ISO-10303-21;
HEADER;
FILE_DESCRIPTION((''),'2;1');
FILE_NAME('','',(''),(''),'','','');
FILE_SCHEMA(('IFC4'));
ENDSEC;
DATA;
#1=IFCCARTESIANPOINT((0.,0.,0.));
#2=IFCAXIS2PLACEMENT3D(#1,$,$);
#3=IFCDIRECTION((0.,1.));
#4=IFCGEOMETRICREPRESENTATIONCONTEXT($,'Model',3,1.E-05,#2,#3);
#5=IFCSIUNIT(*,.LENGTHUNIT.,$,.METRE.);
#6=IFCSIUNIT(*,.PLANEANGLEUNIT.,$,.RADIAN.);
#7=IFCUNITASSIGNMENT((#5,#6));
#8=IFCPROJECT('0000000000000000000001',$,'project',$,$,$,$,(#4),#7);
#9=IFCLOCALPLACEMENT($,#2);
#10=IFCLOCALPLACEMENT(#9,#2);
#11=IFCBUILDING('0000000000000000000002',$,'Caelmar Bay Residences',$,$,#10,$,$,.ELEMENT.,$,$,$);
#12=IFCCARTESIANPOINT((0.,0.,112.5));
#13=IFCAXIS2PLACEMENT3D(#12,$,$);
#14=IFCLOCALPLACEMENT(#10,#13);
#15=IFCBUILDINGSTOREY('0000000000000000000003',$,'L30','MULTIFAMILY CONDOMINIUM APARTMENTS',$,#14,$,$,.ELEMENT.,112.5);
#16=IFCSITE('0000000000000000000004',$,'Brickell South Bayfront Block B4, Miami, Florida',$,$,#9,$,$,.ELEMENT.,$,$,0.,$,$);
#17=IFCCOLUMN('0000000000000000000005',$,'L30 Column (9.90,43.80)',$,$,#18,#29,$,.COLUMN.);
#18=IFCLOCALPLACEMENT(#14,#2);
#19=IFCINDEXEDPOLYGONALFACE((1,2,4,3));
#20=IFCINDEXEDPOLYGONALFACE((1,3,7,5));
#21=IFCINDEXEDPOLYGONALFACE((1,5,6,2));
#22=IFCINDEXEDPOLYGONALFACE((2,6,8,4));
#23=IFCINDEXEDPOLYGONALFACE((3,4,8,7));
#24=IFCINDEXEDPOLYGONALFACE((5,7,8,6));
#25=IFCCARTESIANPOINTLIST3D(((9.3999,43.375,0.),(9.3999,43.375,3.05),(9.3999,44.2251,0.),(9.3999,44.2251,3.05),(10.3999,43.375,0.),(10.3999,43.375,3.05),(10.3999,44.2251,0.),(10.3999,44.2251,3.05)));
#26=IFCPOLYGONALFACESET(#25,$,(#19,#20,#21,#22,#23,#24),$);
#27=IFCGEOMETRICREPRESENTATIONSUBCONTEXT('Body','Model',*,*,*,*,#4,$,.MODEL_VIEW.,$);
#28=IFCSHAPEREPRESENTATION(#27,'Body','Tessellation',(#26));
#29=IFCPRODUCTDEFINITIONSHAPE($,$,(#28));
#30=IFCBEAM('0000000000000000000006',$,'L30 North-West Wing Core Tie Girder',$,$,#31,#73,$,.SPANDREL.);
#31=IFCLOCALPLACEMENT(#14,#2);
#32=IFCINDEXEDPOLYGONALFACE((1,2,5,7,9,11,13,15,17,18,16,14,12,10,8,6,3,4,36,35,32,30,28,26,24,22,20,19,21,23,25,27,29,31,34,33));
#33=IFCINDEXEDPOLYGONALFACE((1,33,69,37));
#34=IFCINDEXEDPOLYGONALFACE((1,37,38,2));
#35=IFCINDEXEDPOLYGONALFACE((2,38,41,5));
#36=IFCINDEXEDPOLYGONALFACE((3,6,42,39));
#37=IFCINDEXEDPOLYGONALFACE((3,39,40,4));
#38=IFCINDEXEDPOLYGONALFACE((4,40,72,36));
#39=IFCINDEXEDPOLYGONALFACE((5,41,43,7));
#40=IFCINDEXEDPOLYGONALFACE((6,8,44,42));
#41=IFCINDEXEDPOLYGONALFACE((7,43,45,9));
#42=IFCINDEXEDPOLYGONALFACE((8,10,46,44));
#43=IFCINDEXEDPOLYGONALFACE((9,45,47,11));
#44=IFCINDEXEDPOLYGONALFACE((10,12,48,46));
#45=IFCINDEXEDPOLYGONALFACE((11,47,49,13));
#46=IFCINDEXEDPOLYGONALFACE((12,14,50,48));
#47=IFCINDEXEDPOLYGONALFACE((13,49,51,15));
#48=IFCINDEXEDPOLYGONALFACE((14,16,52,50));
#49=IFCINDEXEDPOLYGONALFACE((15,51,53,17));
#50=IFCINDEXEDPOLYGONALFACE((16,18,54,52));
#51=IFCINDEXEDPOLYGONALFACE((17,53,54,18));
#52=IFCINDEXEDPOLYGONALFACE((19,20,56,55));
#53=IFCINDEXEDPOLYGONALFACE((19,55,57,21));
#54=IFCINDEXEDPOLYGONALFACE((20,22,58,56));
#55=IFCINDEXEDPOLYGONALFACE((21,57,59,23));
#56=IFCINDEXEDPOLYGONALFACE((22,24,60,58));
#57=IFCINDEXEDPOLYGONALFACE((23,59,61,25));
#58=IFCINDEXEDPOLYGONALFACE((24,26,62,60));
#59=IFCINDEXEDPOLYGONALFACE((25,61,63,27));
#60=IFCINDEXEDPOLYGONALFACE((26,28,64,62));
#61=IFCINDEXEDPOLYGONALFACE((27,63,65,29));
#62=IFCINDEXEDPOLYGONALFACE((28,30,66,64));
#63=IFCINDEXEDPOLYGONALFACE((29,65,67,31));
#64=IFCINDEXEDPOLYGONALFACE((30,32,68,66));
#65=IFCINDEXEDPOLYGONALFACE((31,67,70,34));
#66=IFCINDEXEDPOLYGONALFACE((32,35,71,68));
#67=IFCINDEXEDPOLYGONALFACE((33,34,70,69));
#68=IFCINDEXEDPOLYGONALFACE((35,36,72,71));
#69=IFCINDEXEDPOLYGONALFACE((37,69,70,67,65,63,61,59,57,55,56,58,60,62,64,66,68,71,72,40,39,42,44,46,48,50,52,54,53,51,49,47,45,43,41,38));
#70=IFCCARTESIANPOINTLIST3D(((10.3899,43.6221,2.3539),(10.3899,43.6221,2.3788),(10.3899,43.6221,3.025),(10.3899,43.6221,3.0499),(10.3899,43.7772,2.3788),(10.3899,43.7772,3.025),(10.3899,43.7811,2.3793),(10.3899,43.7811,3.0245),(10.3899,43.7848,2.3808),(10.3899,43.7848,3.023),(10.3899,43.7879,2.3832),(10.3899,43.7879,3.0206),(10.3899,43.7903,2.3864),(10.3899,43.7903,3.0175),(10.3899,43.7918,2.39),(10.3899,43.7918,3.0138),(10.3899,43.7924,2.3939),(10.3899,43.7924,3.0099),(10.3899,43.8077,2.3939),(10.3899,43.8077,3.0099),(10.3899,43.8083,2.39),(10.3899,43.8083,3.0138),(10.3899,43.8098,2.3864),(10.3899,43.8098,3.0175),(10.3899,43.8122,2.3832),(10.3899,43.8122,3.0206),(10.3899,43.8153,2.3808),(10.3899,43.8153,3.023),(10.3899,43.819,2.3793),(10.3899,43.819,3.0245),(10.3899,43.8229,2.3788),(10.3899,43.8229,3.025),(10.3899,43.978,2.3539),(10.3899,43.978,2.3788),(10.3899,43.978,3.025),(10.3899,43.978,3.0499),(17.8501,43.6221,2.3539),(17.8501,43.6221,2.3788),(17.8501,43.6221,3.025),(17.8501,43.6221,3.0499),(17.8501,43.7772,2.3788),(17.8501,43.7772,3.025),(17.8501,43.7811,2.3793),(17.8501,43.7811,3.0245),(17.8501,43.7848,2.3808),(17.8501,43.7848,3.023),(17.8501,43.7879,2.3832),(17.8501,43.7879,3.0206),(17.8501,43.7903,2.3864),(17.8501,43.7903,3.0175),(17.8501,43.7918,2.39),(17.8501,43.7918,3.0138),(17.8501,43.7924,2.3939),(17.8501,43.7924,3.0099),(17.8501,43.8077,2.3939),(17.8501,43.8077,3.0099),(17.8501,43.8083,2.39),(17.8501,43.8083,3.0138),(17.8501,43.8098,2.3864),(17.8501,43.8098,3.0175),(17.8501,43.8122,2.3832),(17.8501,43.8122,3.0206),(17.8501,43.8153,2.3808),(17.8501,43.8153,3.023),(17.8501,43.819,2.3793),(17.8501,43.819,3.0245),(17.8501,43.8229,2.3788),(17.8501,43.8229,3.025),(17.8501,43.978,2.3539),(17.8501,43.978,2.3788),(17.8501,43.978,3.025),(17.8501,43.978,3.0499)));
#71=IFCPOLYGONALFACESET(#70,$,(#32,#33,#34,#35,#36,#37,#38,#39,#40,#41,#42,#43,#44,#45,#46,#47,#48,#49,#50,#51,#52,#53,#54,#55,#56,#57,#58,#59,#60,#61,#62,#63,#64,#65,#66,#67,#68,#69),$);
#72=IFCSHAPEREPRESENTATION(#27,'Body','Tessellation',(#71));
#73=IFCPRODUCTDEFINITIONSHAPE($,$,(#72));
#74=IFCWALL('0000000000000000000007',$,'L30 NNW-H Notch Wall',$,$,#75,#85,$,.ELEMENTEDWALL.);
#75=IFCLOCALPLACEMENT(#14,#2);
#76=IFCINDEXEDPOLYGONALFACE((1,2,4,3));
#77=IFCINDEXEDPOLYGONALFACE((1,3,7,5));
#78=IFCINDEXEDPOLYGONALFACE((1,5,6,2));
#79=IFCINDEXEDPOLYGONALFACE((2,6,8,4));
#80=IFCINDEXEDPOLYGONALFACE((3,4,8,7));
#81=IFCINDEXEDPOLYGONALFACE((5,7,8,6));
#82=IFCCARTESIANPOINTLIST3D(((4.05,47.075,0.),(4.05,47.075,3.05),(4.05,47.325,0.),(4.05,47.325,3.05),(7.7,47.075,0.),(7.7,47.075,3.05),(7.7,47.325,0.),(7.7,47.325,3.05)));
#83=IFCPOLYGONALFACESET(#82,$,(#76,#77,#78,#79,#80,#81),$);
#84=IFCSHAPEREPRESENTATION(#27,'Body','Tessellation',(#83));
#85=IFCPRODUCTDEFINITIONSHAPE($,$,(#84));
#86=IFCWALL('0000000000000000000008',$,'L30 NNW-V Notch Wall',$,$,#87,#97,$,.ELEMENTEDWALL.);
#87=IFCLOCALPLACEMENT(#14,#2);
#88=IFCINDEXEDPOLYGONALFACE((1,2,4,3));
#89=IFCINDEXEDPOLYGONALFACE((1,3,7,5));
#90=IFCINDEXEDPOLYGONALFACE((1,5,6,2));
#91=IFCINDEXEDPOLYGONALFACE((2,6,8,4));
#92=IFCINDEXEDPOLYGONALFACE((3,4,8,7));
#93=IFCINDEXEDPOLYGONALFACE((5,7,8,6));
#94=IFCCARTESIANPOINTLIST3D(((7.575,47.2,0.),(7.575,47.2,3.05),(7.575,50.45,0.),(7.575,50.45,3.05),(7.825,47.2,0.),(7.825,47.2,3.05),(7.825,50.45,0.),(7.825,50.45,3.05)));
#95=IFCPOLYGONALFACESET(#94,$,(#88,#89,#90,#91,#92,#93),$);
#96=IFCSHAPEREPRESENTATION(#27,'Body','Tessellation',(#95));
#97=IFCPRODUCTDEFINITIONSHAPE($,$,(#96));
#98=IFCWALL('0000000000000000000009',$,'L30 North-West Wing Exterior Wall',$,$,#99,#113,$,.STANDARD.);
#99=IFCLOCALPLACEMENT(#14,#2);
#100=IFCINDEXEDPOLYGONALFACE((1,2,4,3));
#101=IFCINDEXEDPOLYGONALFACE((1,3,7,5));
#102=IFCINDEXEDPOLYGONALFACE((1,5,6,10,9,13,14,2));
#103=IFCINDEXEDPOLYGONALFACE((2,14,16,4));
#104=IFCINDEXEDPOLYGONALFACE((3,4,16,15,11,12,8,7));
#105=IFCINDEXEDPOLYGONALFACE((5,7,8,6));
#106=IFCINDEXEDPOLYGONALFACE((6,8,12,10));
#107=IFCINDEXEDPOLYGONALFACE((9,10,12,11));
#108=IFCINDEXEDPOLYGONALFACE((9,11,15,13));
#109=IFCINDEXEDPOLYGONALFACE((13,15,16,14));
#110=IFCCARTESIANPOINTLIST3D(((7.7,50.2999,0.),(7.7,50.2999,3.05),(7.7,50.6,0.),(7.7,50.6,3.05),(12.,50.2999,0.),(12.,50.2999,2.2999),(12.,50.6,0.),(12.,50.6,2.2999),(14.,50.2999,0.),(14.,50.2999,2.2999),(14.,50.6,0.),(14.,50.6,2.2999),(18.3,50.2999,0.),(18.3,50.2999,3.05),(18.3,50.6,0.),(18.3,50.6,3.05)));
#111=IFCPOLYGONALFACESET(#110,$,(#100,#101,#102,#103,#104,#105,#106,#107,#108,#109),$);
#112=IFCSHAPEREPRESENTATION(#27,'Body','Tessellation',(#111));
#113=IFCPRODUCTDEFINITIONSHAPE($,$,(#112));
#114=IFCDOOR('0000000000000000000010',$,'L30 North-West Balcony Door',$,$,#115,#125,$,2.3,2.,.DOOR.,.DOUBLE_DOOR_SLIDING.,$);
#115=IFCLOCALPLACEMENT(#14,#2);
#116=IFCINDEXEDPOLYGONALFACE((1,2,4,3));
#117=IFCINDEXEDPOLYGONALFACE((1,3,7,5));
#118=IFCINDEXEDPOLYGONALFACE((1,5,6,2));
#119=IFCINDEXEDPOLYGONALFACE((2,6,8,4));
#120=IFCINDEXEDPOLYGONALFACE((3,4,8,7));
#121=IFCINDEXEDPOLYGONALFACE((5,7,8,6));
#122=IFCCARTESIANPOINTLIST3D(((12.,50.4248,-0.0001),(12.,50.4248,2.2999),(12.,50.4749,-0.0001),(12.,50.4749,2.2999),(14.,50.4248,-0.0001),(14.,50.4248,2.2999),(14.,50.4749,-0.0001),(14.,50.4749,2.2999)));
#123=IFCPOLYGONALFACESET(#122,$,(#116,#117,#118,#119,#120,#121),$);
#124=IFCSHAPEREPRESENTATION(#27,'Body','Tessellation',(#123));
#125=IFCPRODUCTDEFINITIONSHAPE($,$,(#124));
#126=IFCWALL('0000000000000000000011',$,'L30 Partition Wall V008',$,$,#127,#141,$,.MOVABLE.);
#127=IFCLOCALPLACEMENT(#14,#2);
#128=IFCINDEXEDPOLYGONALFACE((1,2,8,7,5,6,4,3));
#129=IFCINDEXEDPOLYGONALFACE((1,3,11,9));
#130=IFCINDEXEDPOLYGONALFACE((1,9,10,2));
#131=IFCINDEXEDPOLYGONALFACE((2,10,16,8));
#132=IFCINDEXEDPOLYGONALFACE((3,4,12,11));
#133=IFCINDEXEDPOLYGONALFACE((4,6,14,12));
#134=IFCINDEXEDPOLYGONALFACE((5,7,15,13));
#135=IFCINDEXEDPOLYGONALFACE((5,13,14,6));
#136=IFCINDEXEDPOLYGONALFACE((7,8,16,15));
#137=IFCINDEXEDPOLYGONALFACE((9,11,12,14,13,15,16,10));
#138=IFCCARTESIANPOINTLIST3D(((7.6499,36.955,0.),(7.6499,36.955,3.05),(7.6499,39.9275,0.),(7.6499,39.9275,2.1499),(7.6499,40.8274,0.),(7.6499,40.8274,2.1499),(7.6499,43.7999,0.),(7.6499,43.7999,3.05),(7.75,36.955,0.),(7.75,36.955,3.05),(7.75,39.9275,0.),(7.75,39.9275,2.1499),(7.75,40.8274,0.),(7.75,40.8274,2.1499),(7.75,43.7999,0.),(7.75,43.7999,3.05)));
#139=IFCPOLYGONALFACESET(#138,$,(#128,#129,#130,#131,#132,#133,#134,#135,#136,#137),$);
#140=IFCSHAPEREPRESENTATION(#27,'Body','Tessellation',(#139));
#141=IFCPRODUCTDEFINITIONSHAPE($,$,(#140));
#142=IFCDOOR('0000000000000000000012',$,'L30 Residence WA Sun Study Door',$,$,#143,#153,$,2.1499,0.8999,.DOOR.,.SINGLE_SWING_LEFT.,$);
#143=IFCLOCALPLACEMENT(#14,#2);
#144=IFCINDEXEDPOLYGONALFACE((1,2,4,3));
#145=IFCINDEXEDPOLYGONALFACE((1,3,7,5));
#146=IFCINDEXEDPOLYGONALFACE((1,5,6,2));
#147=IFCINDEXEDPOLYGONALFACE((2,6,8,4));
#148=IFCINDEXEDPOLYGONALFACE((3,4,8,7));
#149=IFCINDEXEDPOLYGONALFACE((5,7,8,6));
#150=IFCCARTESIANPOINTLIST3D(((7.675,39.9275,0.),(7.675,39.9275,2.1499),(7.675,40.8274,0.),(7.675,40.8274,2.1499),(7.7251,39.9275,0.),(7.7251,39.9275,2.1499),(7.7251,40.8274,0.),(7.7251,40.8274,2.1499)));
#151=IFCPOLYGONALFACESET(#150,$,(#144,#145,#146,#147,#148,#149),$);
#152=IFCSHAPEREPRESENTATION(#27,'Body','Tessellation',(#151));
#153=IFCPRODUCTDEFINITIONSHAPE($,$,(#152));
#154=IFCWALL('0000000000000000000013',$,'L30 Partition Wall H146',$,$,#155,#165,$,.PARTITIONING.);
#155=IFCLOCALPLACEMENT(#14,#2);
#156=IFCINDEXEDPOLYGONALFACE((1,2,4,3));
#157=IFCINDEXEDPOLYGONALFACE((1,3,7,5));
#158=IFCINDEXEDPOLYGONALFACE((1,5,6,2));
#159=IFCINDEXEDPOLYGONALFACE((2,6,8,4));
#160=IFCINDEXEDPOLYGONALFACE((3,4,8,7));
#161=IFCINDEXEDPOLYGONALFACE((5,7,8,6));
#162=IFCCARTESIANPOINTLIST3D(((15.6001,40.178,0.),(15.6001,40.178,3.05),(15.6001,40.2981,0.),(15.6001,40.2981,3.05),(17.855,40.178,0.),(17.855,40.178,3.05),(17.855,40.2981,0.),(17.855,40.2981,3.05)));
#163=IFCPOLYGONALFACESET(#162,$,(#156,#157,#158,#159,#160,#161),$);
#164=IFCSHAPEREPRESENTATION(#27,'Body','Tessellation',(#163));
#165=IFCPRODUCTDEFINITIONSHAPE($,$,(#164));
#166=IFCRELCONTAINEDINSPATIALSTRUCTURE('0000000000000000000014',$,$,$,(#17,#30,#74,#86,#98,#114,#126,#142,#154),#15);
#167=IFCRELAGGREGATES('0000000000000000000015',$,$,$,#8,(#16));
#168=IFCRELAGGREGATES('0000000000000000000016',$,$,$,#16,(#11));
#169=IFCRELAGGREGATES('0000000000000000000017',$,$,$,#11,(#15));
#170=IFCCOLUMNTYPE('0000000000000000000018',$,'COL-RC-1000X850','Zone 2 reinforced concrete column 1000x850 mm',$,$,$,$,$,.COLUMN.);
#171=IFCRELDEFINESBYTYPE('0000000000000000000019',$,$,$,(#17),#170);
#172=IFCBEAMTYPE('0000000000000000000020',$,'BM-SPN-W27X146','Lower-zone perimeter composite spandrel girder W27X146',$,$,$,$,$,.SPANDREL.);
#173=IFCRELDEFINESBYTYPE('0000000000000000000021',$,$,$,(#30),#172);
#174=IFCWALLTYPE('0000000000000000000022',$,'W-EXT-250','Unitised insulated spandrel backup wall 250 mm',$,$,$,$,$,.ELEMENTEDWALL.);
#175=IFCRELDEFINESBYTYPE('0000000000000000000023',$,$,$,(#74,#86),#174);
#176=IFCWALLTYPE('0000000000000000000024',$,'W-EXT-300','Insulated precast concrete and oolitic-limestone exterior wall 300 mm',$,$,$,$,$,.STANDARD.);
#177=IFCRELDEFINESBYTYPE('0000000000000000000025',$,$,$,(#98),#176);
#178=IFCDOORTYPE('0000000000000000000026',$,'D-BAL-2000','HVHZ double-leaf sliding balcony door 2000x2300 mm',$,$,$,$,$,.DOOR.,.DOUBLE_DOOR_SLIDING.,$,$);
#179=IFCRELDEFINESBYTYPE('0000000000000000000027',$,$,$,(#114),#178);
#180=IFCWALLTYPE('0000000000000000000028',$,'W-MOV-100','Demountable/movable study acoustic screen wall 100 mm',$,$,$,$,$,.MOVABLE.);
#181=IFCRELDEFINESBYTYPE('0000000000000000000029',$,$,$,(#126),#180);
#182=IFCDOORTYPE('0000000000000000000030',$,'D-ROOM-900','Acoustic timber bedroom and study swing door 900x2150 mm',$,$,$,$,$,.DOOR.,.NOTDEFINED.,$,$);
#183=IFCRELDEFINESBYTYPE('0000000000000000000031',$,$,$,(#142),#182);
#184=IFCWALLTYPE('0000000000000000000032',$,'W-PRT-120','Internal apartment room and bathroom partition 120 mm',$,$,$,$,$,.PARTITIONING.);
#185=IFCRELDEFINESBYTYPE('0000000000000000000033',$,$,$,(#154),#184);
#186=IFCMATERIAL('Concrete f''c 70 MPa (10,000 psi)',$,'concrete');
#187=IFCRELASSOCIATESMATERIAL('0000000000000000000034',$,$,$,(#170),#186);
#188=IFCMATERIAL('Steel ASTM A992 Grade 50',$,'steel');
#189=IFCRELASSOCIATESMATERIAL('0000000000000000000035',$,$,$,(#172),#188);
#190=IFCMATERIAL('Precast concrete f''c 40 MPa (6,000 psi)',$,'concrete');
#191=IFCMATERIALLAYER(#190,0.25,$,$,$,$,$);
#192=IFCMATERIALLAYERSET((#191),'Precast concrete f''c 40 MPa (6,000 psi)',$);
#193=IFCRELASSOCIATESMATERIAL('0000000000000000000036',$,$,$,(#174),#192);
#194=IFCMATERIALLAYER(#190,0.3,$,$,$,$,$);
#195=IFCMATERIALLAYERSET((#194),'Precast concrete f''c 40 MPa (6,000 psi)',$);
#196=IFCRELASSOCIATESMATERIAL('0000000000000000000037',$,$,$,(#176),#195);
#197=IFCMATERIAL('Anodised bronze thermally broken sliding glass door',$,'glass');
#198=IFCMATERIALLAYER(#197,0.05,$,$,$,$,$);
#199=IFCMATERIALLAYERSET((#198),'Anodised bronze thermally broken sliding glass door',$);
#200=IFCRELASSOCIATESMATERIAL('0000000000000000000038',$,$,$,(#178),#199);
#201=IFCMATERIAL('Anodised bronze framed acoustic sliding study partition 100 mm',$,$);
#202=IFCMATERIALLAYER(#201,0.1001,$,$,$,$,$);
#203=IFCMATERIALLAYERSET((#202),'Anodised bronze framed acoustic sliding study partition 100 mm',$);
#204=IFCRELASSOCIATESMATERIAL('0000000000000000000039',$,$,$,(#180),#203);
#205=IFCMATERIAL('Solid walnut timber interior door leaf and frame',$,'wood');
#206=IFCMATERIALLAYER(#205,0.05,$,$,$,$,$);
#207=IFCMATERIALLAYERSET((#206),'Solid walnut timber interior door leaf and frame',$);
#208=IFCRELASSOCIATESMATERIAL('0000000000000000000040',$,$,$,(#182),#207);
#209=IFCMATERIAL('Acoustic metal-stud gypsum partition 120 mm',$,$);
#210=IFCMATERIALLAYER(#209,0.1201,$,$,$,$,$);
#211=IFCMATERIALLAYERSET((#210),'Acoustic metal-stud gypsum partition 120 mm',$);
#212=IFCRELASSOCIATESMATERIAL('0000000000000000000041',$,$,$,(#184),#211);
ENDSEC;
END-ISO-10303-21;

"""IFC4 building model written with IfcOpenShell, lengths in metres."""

from ifc_helpers import new_model, si_unit, direction, frame, frame_2d, origin, origin_2d, place, context, subcontext, project, spatial, rectangle, i_section, extrude, material, layer, layer_set, material_profile, profile_set, type_object, element, fill, save


model = new_model("IFC4")

# Units and contexts
model_context = context("Model", 3, precision=1e-05, world=origin(), true_north=direction((0.0, 1.0)))
body_context = subcontext(model_context, "Body", "Model", "MODEL_VIEW")
ifc_project = project(units=[si_unit("LENGTHUNIT", "METRE"), si_unit("PLANEANGLEUNIT", "RADIAN")], contexts=[model_context])

# Site, building, storey
site_placement = place(None, origin())
site = spatial("IfcSite", under=ifc_project, at=site_placement, Name="Brickell South Bayfront Block B4, Miami, Florida", CompositionType="ELEMENT", RefElevation=0.0)
building_placement = place(site_placement, origin())
building = spatial("IfcBuilding", under=site, at=building_placement, Name="Caelmar Bay Residences", CompositionType="ELEMENT")
storey_placement = place(building_placement, frame((0.0, 0.0, 112.5)))
storey = spatial("IfcBuildingStorey", under=building, at=storey_placement, Name="L30", Description="MULTIFAMILY CONDOMINIUM APARTMENTS", CompositionType="ELEMENT", Elevation=112.5)

# Column
ifc_material_1 = material(Name="Concrete f'c 70 MPa (10,000 psi)", Category="concrete")
ifc_material_profile_1 = material_profile(ifc_material_1, rectangle(XDim=1.0, YDim=0.8501, at=origin_2d()), Name="RC-COL-1000X850")
ifc_profile_set_1 = profile_set([ifc_material_profile_1], Name="Concrete f'c 70 MPa (10,000 psi)")
column_type = type_object("IfcColumnType", Name="COL-RC-1000X850", Description="Zone 2 reinforced concrete column 1000x850 mm", PredefinedType="COLUMN", material=ifc_profile_set_1)
column_placement = place(storey_placement, frame((9.8999, 43.8, 0.0), z_axis=(0.0, 0.0, 1.0), x_axis=(1.0, 0.0, 0.0)))
element("IfcColumn", 1, at=column_placement, inside=storey, type_object=column_type, Name="L30 Column (9.90,43.80)", PredefinedType="COLUMN", context=body_context, shape_type="SweptSolid", body=[
    extrude(rectangle(XDim=1.0, YDim=0.8501, at=origin_2d()), origin(), (0.0, 0.0, 1.0), 3.05),
])

# Beam
ifc_material_2 = material(Name="Steel ASTM A992 Grade 50", Category="steel")
ifc_material_profile_2 = material_profile(ifc_material_2, i_section(OverallWidth=0.356, OverallDepth=0.696, WebThickness=0.0154, FlangeThickness=0.0249, FilletRadius=0.0151, at=origin_2d()), Name="W27X146")
ifc_profile_set_2 = profile_set([ifc_material_profile_2], Name="Steel ASTM A992 Grade 50")
beam_type = type_object("IfcBeamType", Name="BM-SPN-W27X146", Description="Lower-zone perimeter composite spandrel girder W27X146", PredefinedType="SPANDREL", material=ifc_profile_set_2)
beam_placement = place(storey_placement, frame((10.3899, 43.8, 2.7019), z_axis=(1.0, 0.0, 0.0), x_axis=(0.0, 1.0, 0.0)))
element("IfcBeam", 2, at=beam_placement, inside=storey, type_object=beam_type, Name="L30 North-West Wing Core Tie Girder", PredefinedType="SPANDREL", context=body_context, shape_type="SweptSolid", body=[
    extrude(i_section(OverallWidth=0.356, OverallDepth=0.696, WebThickness=0.0154, FlangeThickness=0.0249, FilletRadius=0.0151, at=origin_2d()), origin(), (0.0, 0.0, 1.0), 7.4602),
])

# Walls
ifc_material_3 = material(Name="Precast concrete f'c 40 MPa (6,000 psi)", Category="concrete")
ifc_layer_1 = layer(ifc_material_3, 0.25)
ifc_layer_set_1 = layer_set([ifc_layer_1], Name="Precast concrete f'c 40 MPa (6,000 psi)")
wall_type_1 = type_object("IfcWallType", Name="W-EXT-250", Description="Unitised insulated spandrel backup wall 250 mm", PredefinedType="ELEMENTEDWALL", material=ifc_layer_set_1)
wall_1_placement = place(storey_placement, frame((4.05, 47.2, 0.0), z_axis=(0.0, 0.0, 1.0), x_axis=(1.0, 0.0, 0.0)))
element("IfcWall", 3, at=wall_1_placement, inside=storey, type_object=wall_type_1, Name="L30 NNW-H Notch Wall", PredefinedType="ELEMENTEDWALL", context=body_context, shape_type="SweptSolid", body=[
    extrude(rectangle(XDim=3.6499, YDim=0.25, at=frame_2d((1.825, 0.0))), origin(), (0.0, 0.0, 1.0), 3.05),
])
wall_2_placement = place(storey_placement, frame((7.7, 47.2, 0.0), z_axis=(0.0, 0.0, 1.0), x_axis=(0.0, 1.0, 0.0)))
element("IfcWall", 4, at=wall_2_placement, inside=storey, type_object=wall_type_1, Name="L30 NNW-V Notch Wall", PredefinedType="ELEMENTEDWALL", context=body_context, shape_type="SweptSolid", body=[
    extrude(rectangle(XDim=3.25, YDim=0.25, at=frame_2d((1.625, 0.0))), origin(), (0.0, 0.0, 1.0), 3.05),
])

# Walls, openings, doors
ifc_layer_2 = layer(ifc_material_3, 0.3)
ifc_layer_set_2 = layer_set([ifc_layer_2], Name="Precast concrete f'c 40 MPa (6,000 psi)")
wall_type_2 = type_object("IfcWallType", Name="W-EXT-300", Description="Insulated precast concrete and oolitic-limestone exterior wall 300 mm", PredefinedType="STANDARD", material=ifc_layer_set_2)
wall_3_placement = place(storey_placement, frame((7.7, 50.45, 0.0), z_axis=(0.0, 0.0, 1.0), x_axis=(1.0, 0.0, 0.0)))
wall_3 = element("IfcWall", 5, at=wall_3_placement, inside=storey, type_object=wall_type_2, Name="L30 North-West Wing Exterior Wall", PredefinedType="STANDARD", context=body_context, shape_type="SweptSolid", body=[
    extrude(rectangle(XDim=10.6001, YDim=0.3, at=frame_2d((5.3, 0.0))), origin(), (0.0, 0.0, 1.0), 3.05),
])
opening_1_placement = place(wall_3_placement, frame((4.3, 0.0, 0.0)))
opening_1 = element("IfcOpeningElement", 6, at=opening_1_placement, cuts=wall_3, PredefinedType="OPENING", context=body_context, shape_type="SweptSolid", body=[
    extrude(rectangle(XDim=2.0, YDim=2.3, at=frame_2d((1.0, 1.1499))), frame((0.0, 0.1599, 0.0), z_axis=(0.0, -1.0, 0.0), x_axis=(1.0, 0.0, 0.0)), (0.0, 0.0, 1.0), 0.3201),
])
ifc_material_4 = material(Name="Anodised bronze thermally broken sliding glass door", Category="glass")
ifc_layer_3 = layer(ifc_material_4, 0.05)
ifc_layer_set_3 = layer_set([ifc_layer_3], Name="Anodised bronze thermally broken sliding glass door")
door_type_1 = type_object("IfcDoorType", Name="D-BAL-2000", Description="HVHZ double-leaf sliding balcony door 2000x2300 mm", OperationType="DOUBLE_DOOR_SLIDING", PredefinedType="DOOR", material=ifc_layer_set_3)
door_1_placement = place(opening_1_placement, origin())
door_1 = element("IfcDoor", 7, at=door_1_placement, inside=storey, type_object=door_type_1, Name="L30 North-West Balcony Door", OperationType="DOUBLE_DOOR_SLIDING", OverallHeight=2.3, OverallWidth=2.0, PredefinedType="DOOR", context=body_context, shape_type="SweptSolid", body=[
    extrude(rectangle(XDim=2.0, YDim=2.3, at=frame_2d((1.0, 1.1499))), frame((0.0, 0.0249, 0.0), z_axis=(0.0, -1.0, 0.0), x_axis=(1.0, 0.0, 0.0)), (0.0, 0.0, 1.0), 0.05),
])
fill(opening_1, door_1)
ifc_material_5 = material(Name="Anodised bronze framed acoustic sliding study partition 100 mm")
ifc_layer_4 = layer(ifc_material_5, 0.1001)
ifc_layer_set_4 = layer_set([ifc_layer_4], Name="Anodised bronze framed acoustic sliding study partition 100 mm")
wall_type_3 = type_object("IfcWallType", Name="W-MOV-100", Description="Demountable/movable study acoustic screen wall 100 mm", PredefinedType="MOVABLE", material=ifc_layer_set_4)
wall_4_placement = place(storey_placement, frame((7.7, 36.9551, 0.0), z_axis=(0.0, 0.0, 1.0), x_axis=(0.0, 1.0, 0.0)))
wall_4 = element("IfcWall", 8, at=wall_4_placement, inside=storey, type_object=wall_type_3, Name="L30 Partition Wall V008", PredefinedType="MOVABLE", context=body_context, shape_type="SweptSolid", body=[
    extrude(rectangle(XDim=6.845, YDim=0.1001, at=frame_2d((3.4224, 0.0))), origin(), (0.0, 0.0, 1.0), 3.05),
])
opening_2_placement = place(wall_4_placement, frame((2.9724, 0.0, 0.0)))
opening_2 = element("IfcOpeningElement", 9, at=opening_2_placement, cuts=wall_4, PredefinedType="OPENING", context=body_context, shape_type="SweptSolid", body=[
    extrude(rectangle(XDim=0.8999, YDim=2.1499, at=frame_2d((0.45, 1.075))), frame((0.0, 0.0601, 0.0), z_axis=(0.0, -1.0, 0.0), x_axis=(1.0, 0.0, 0.0)), (0.0, 0.0, 1.0), 0.1201),
])
ifc_material_6 = material(Name="Solid walnut timber interior door leaf and frame", Category="wood")
ifc_layer_5 = layer(ifc_material_6, 0.05)
ifc_layer_set_5 = layer_set([ifc_layer_5], Name="Solid walnut timber interior door leaf and frame")
door_type_2 = type_object("IfcDoorType", Name="D-ROOM-900", Description="Acoustic timber bedroom and study swing door 900x2150 mm", OperationType="NOTDEFINED", PredefinedType="DOOR", material=ifc_layer_set_5)
door_2_placement = place(opening_2_placement, origin())
door_2 = element("IfcDoor", 10, at=door_2_placement, inside=storey, type_object=door_type_2, Name="L30 Residence WA Sun Study Door", OperationType="SINGLE_SWING_LEFT", OverallHeight=2.1499, OverallWidth=0.8999, PredefinedType="DOOR", context=body_context, shape_type="SweptSolid", body=[
    extrude(rectangle(XDim=0.8999, YDim=2.1499, at=frame_2d((0.45, 1.075))), frame((0.0, 0.0249, 0.0), z_axis=(0.0, -1.0, 0.0), x_axis=(1.0, 0.0, 0.0)), (0.0, 0.0, 1.0), 0.05),
])
fill(opening_2, door_2)
ifc_material_7 = material(Name="Acoustic metal-stud gypsum partition 120 mm")
ifc_layer_6 = layer(ifc_material_7, 0.1201)
ifc_layer_set_6 = layer_set([ifc_layer_6], Name="Acoustic metal-stud gypsum partition 120 mm")
wall_type_4 = type_object("IfcWallType", Name="W-PRT-120", Description="Internal apartment room and bathroom partition 120 mm", PredefinedType="PARTITIONING", material=ifc_layer_set_6)

# Wall
wall_5_placement = place(storey_placement, frame((15.6001, 40.238, 0.0), z_axis=(0.0, 0.0, 1.0), x_axis=(1.0, 0.0, 0.0)))
element("IfcWall", 11, at=wall_5_placement, inside=storey, type_object=wall_type_4, Name="L30 Partition Wall H146", PredefinedType="PARTITIONING", context=body_context, shape_type="SweptSolid", body=[
    extrude(rectangle(XDim=2.2549, YDim=0.1201, at=frame_2d((1.1274, 0.0))), origin(), (0.0, 0.0, 1.0), 3.05),
])

save(model, "model.ifc")
